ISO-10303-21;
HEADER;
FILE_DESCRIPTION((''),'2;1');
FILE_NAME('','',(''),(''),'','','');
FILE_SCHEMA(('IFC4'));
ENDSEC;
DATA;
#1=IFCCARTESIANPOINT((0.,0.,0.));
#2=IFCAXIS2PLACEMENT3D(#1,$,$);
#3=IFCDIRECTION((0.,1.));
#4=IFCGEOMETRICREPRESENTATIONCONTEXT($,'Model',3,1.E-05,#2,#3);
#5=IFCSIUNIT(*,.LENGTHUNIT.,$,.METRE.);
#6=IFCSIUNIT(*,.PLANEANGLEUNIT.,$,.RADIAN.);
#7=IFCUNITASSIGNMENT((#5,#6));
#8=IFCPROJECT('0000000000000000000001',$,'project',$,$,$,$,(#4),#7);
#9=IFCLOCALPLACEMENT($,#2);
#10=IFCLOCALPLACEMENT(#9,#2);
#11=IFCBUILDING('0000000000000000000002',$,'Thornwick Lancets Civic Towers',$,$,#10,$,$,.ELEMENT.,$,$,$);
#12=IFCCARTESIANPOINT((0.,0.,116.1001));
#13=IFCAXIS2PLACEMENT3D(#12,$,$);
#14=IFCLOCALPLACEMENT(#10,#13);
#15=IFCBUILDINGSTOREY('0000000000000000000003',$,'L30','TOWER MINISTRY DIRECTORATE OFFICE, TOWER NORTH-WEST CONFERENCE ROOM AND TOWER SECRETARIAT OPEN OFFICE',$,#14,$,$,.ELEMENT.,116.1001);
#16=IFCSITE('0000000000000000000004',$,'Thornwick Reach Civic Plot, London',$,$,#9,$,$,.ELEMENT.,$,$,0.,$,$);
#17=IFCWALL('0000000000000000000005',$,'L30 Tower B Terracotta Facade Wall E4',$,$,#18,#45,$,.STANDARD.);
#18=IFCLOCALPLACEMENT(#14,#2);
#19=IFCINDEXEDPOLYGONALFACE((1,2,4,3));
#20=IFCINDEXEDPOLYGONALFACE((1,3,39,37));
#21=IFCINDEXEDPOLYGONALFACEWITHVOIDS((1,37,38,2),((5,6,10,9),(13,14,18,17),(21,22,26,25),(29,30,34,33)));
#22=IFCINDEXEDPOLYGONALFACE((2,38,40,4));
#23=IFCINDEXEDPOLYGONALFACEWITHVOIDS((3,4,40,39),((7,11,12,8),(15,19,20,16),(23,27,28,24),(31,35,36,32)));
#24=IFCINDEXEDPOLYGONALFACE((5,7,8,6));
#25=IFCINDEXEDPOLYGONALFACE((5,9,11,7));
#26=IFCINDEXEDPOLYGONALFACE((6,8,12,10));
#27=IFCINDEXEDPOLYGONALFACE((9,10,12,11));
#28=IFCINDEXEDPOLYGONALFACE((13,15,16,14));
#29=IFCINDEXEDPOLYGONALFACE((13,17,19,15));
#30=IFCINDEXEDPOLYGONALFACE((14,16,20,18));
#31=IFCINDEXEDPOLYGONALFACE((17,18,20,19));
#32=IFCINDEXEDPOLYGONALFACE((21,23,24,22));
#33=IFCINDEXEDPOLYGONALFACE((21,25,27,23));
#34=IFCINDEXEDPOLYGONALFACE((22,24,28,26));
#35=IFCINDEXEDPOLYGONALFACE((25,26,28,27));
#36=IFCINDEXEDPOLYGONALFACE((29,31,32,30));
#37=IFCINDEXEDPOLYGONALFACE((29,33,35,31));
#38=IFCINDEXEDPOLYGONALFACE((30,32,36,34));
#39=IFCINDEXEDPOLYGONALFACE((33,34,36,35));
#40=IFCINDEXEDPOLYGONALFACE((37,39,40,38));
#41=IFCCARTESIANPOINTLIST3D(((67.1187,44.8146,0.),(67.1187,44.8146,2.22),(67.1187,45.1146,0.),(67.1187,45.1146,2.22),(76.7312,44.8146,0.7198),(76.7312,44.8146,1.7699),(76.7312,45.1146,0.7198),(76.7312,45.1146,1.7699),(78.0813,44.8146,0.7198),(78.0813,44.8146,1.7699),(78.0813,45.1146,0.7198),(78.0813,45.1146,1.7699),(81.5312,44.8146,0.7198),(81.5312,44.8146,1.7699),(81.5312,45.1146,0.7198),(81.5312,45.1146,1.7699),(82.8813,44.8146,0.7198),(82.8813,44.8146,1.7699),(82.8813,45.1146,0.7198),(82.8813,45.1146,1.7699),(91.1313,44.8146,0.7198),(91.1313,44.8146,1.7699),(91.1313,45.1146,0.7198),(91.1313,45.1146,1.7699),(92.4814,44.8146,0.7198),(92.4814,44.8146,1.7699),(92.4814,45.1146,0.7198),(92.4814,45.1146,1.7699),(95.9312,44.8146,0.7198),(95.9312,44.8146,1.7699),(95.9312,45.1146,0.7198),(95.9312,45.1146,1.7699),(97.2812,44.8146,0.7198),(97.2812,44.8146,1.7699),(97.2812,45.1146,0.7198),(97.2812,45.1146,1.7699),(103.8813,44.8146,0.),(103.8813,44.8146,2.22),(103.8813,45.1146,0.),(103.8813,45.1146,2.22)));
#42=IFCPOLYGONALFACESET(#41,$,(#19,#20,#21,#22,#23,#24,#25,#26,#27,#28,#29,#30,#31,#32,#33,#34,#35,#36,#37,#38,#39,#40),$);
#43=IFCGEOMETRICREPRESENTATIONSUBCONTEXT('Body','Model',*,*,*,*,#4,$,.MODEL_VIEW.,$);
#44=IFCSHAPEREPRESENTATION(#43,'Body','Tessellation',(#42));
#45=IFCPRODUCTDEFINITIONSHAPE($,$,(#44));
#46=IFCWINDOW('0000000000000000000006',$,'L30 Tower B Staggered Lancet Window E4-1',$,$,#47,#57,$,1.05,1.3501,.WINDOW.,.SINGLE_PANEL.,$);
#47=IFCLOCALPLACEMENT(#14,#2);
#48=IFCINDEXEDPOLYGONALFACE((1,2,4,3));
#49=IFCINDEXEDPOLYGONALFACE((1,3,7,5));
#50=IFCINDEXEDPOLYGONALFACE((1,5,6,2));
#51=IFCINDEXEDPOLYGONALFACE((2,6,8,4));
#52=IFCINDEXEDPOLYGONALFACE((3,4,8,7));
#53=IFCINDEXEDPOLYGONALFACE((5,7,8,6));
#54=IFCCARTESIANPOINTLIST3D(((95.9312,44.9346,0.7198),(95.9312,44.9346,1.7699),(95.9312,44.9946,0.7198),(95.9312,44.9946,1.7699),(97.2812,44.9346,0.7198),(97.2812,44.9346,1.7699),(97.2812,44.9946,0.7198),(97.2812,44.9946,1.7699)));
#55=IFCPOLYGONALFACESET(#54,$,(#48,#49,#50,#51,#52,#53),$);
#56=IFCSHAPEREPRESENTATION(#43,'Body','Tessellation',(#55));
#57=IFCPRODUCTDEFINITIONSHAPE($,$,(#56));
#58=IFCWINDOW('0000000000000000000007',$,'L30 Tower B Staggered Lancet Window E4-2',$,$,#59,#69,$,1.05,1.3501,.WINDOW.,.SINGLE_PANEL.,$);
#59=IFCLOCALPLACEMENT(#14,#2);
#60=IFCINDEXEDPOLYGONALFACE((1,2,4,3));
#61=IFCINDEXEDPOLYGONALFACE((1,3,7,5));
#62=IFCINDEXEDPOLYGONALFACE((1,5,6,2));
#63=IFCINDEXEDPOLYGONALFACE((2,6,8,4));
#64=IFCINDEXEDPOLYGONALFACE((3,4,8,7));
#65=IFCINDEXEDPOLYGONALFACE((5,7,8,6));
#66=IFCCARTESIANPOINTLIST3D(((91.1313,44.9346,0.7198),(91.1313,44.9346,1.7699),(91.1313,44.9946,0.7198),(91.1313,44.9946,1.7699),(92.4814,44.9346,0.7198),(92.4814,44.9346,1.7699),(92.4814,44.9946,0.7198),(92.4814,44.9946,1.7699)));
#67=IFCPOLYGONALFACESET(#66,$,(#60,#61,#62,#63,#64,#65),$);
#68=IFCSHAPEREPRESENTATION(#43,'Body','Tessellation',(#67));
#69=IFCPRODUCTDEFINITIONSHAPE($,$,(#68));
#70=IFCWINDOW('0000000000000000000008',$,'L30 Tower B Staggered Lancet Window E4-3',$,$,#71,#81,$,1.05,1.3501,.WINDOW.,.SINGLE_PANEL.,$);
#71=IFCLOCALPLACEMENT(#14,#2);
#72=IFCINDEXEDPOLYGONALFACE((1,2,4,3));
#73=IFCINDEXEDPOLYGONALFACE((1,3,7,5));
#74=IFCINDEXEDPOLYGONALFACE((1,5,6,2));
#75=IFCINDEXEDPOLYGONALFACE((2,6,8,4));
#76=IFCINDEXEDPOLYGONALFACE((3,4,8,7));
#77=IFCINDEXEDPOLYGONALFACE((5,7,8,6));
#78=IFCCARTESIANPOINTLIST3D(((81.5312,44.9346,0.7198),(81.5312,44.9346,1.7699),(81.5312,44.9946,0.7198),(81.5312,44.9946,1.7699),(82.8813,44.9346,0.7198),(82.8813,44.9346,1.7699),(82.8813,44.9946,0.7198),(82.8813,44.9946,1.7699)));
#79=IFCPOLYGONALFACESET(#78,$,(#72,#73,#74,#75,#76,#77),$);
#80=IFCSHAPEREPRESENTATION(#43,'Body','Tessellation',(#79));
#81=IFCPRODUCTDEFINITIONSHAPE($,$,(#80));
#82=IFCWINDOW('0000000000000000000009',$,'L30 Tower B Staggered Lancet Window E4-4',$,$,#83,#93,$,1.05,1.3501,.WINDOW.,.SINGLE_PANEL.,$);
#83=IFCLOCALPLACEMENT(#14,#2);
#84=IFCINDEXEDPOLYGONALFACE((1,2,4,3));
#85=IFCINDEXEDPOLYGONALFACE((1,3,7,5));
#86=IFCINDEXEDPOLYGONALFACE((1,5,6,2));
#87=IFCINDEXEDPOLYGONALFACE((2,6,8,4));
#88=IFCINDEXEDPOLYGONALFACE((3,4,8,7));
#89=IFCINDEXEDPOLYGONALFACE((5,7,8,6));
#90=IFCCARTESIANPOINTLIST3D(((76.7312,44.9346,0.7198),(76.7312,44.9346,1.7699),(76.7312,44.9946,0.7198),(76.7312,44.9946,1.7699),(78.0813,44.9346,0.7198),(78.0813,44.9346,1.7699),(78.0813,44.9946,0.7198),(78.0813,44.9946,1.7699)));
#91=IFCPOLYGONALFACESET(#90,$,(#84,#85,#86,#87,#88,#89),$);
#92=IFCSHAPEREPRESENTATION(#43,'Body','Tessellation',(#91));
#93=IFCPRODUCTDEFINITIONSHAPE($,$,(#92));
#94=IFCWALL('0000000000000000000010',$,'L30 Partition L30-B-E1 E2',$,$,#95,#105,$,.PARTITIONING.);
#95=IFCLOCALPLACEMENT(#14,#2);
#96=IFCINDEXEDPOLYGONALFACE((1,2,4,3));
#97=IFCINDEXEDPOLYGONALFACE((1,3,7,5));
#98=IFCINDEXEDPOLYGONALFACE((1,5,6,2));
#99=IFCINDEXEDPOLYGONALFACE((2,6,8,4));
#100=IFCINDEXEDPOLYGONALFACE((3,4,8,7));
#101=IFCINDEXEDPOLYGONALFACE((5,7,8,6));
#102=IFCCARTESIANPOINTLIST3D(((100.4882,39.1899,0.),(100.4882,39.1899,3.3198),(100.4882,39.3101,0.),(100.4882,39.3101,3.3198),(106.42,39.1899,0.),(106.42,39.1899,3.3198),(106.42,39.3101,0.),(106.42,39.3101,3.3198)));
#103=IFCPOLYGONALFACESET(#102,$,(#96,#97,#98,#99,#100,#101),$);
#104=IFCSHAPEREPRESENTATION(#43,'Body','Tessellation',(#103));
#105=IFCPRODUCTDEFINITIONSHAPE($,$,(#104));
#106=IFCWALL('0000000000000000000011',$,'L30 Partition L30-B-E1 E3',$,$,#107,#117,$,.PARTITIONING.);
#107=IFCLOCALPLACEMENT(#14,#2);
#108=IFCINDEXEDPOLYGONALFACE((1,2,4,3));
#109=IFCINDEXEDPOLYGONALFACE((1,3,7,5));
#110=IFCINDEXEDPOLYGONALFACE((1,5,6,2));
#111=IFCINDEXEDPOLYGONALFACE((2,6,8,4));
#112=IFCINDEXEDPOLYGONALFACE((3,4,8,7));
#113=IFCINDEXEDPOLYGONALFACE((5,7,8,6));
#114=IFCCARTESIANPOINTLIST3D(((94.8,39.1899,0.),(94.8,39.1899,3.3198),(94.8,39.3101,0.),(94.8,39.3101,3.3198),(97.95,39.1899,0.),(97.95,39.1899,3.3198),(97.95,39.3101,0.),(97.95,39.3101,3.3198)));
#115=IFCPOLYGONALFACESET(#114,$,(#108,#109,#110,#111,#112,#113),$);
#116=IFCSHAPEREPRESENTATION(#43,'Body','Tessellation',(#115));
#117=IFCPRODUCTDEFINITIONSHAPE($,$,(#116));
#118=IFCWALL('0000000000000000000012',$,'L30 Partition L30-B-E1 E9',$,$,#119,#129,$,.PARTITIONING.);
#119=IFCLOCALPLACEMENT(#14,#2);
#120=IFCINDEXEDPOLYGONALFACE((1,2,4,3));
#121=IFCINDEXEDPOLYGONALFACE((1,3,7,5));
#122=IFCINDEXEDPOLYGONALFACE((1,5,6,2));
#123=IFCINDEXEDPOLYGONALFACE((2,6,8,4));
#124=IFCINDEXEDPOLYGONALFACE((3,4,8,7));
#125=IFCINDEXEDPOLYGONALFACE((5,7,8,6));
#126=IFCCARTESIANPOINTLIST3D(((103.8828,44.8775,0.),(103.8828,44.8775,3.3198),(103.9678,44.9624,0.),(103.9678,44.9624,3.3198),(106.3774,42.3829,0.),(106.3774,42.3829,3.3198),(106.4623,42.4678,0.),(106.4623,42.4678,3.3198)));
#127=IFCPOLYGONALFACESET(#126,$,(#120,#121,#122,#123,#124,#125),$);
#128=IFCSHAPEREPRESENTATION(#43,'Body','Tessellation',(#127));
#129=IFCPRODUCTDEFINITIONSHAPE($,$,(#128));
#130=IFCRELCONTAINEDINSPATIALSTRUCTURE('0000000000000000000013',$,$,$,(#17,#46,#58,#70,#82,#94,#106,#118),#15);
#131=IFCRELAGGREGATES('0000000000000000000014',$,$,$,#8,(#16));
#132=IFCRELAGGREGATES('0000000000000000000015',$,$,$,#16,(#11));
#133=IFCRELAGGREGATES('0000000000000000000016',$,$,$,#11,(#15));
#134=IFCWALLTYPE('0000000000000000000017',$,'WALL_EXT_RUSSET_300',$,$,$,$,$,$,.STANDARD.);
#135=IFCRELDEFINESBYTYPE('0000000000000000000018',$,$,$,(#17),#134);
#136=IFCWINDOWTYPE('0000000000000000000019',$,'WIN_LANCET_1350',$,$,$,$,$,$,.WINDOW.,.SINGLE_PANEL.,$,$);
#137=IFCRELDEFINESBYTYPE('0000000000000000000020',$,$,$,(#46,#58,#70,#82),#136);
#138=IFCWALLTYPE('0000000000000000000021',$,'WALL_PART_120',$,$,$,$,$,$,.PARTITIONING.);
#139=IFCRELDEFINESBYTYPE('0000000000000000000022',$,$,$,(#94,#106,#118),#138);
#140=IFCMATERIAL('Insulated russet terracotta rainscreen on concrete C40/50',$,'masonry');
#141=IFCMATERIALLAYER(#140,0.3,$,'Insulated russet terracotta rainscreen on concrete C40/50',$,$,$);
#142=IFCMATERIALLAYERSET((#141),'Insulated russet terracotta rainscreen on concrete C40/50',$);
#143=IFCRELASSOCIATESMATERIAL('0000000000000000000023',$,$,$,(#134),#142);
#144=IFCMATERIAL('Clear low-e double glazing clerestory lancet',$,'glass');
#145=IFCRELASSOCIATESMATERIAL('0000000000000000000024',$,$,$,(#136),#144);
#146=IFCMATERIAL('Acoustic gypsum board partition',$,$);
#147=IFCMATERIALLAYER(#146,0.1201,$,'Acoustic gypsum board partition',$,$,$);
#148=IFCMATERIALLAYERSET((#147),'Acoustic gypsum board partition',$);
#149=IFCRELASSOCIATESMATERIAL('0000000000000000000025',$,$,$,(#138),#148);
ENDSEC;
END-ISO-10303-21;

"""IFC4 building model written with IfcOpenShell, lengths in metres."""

from ifc_helpers import new_model, si_unit, direction, frame, frame_2d, origin, place, context, subcontext, project, spatial, rectangle, extrude, material, layer, layer_set, type_object, element, fill, save


model = new_model("IFC4")

# Units and contexts
model_context = context("Model", 3, precision=1e-05, world=origin(), true_north=direction((0.0, 1.0)))
body_context = subcontext(model_context, "Body", "Model", "MODEL_VIEW")
ifc_project = project(units=[si_unit("LENGTHUNIT", "METRE"), si_unit("PLANEANGLEUNIT", "RADIAN")], contexts=[model_context])

# Site, building, storey
site_placement = place(None, origin())
site = spatial("IfcSite", under=ifc_project, at=site_placement, Name="Thornwick Reach Civic Plot, London", CompositionType="ELEMENT", RefElevation=0.0)
building_placement = place(site_placement, origin())
building = spatial("IfcBuilding", under=site, at=building_placement, Name="Thornwick Lancets Civic Towers", CompositionType="ELEMENT")
storey_placement = place(building_placement, frame((0.0, 0.0, 116.1001)))
storey = spatial("IfcBuildingStorey", under=building, at=storey_placement, Name="L30", Description="TOWER MINISTRY DIRECTORATE OFFICE, TOWER NORTH-WEST CONFERENCE ROOM AND TOWER SECRETARIAT OPEN OFFICE", CompositionType="ELEMENT", Elevation=116.1001)

# Wall, openings, windows
ifc_material_1 = material(Name="Insulated russet terracotta rainscreen on concrete C40/50", Category="masonry")
ifc_layer_1 = layer(ifc_material_1, 0.3, Name="Insulated russet terracotta rainscreen on concrete C40/50")
ifc_layer_set_1 = layer_set([ifc_layer_1], Name="Insulated russet terracotta rainscreen on concrete C40/50")
wall_type_1 = type_object("IfcWallType", Name="WALL_EXT_RUSSET_300", PredefinedType="STANDARD", material=ifc_layer_set_1)
wall_1_placement = place(storey_placement, frame((103.8813, 44.9646, 0.0), z_axis=(0.0, 0.0, 1.0), x_axis=(-1.0, 0.0, 0.0)))
wall_1 = element("IfcWall", 1, at=wall_1_placement, inside=storey, type_object=wall_type_1, Name="L30 Tower B Terracotta Facade Wall E4", PredefinedType="STANDARD", context=body_context, shape_type="SweptSolid", body=[
    extrude(rectangle(XDim=36.7627, YDim=0.3, at=frame_2d((18.3813, 0.0))), origin(), (0.0, 0.0, 1.0), 2.22),
])
opening_1_placement = place(wall_1_placement, frame((6.6001, 0.0, 0.72)))
opening_1 = element("IfcOpeningElement", 2, at=opening_1_placement, cuts=wall_1, PredefinedType="OPENING", context=body_context, shape_type="SweptSolid", body=[
    extrude(rectangle(XDim=1.3501, YDim=1.05, at=frame_2d((0.675, 0.5249))), frame((0.0, 0.1602, 0.0), z_axis=(0.0, -1.0, 0.0), x_axis=(1.0, 0.0, 0.0)), (0.0, 0.0, 1.0), 0.3201),
])
opening_2_placement = place(wall_1_placement, frame((11.3999, 0.0, 0.72)))
opening_2 = element("IfcOpeningElement", 3, at=opening_2_placement, cuts=wall_1, PredefinedType="OPENING", context=body_context, shape_type="SweptSolid", body=[
    extrude(rectangle(XDim=1.3501, YDim=1.05, at=frame_2d((0.675, 0.5249))), frame((0.0, 0.1602, 0.0), z_axis=(0.0, -1.0, 0.0), x_axis=(1.0, 0.0, 0.0)), (0.0, 0.0, 1.0), 0.3201),
])
opening_3_placement = place(wall_1_placement, frame((21.0, 0.0, 0.72)))
opening_3 = element("IfcOpeningElement", 4, at=opening_3_placement, cuts=wall_1, PredefinedType="OPENING", context=body_context, shape_type="SweptSolid", body=[
    extrude(rectangle(XDim=1.3501, YDim=1.05, at=frame_2d((0.675, 0.5249))), frame((0.0, 0.1602, 0.0), z_axis=(0.0, -1.0, 0.0), x_axis=(1.0, 0.0, 0.0)), (0.0, 0.0, 1.0), 0.3201),
])
opening_4_placement = place(wall_1_placement, frame((25.8, 0.0, 0.72)))
opening_4 = element("IfcOpeningElement", 5, at=opening_4_placement, cuts=wall_1, PredefinedType="OPENING", context=body_context, shape_type="SweptSolid", body=[
    extrude(rectangle(XDim=1.3501, YDim=1.05, at=frame_2d((0.675, 0.5249))), frame((0.0, 0.1602, 0.0), z_axis=(0.0, -1.0, 0.0), x_axis=(1.0, 0.0, 0.0)), (0.0, 0.0, 1.0), 0.3201),
])
ifc_material_2 = material(Name="Clear low-e double glazing clerestory lancet", Category="glass")
window_type = type_object("IfcWindowType", Name="WIN_LANCET_1350", PartitioningType="SINGLE_PANEL", PredefinedType="WINDOW", material=ifc_material_2)
window_1_placement = place(opening_1_placement, origin())
window_1 = element("IfcWindow", 6, at=window_1_placement, inside=storey, type_object=window_type, Name="L30 Tower B Staggered Lancet Window E4-1", OverallHeight=1.05, OverallWidth=1.3501, PartitioningType="SINGLE_PANEL", PredefinedType="WINDOW", context=body_context, shape_type="SweptSolid", body=[
    extrude(rectangle(XDim=1.3501, YDim=1.05, at=frame_2d((0.675, 0.5249))), frame((0.0, 0.03, 0.0), z_axis=(0.0, -1.0, 0.0), x_axis=(1.0, 0.0, 0.0)), (0.0, 0.0, 1.0), 0.0601),
])
fill(opening_1, window_1)
window_2_placement = place(opening_2_placement, origin())
window_2 = element("IfcWindow", 7, at=window_2_placement, inside=storey, type_object=window_type, Name="L30 Tower B Staggered Lancet Window E4-2", OverallHeight=1.05, OverallWidth=1.3501, PartitioningType="SINGLE_PANEL", PredefinedType="WINDOW", context=body_context, shape_type="SweptSolid", body=[
    extrude(rectangle(XDim=1.3501, YDim=1.05, at=frame_2d((0.675, 0.5249))), frame((0.0, 0.03, 0.0), z_axis=(0.0, -1.0, 0.0), x_axis=(1.0, 0.0, 0.0)), (0.0, 0.0, 1.0), 0.0601),
])
fill(opening_2, window_2)
window_3_placement = place(opening_3_placement, origin())
window_3 = element("IfcWindow", 8, at=window_3_placement, inside=storey, type_object=window_type, Name="L30 Tower B Staggered Lancet Window E4-3", OverallHeight=1.05, OverallWidth=1.3501, PartitioningType="SINGLE_PANEL", PredefinedType="WINDOW", context=body_context, shape_type="SweptSolid", body=[
    extrude(rectangle(XDim=1.3501, YDim=1.05, at=frame_2d((0.675, 0.5249))), frame((0.0, 0.03, 0.0), z_axis=(0.0, -1.0, 0.0), x_axis=(1.0, 0.0, 0.0)), (0.0, 0.0, 1.0), 0.0601),
])
fill(opening_3, window_3)
window_4_placement = place(opening_4_placement, origin())
window_4 = element("IfcWindow", 9, at=window_4_placement, inside=storey, type_object=window_type, Name="L30 Tower B Staggered Lancet Window E4-4", OverallHeight=1.05, OverallWidth=1.3501, PartitioningType="SINGLE_PANEL", PredefinedType="WINDOW", context=body_context, shape_type="SweptSolid", body=[
    extrude(rectangle(XDim=1.3501, YDim=1.05, at=frame_2d((0.675, 0.5249))), frame((0.0, 0.03, 0.0), z_axis=(0.0, -1.0, 0.0), x_axis=(1.0, 0.0, 0.0)), (0.0, 0.0, 1.0), 0.0601),
])
fill(opening_4, window_4)

# Walls
ifc_material_3 = material(Name="Acoustic gypsum board partition")
ifc_layer_2 = layer(ifc_material_3, 0.1201, Name="Acoustic gypsum board partition")
ifc_layer_set_2 = layer_set([ifc_layer_2], Name="Acoustic gypsum board partition")
wall_type_2 = type_object("IfcWallType", Name="WALL_PART_120", PredefinedType="PARTITIONING", material=ifc_layer_set_2)
wall_2_placement = place(storey_placement, frame((106.4199, 39.25, 0.0), z_axis=(0.0, 0.0, 1.0), x_axis=(-1.0, 0.0, 0.0)))
element("IfcWall", 10, at=wall_2_placement, inside=storey, type_object=wall_type_2, Name="L30 Partition L30-B-E1 E2", PredefinedType="PARTITIONING", context=body_context, shape_type="SweptSolid", body=[
    extrude(rectangle(XDim=5.9319, YDim=0.1201, at=frame_2d((2.9658, 0.0))), origin(), (0.0, 0.0, 1.0), 3.3198),
])
wall_3_placement = place(storey_placement, frame((97.95, 39.25, 0.0), z_axis=(0.0, 0.0, 1.0), x_axis=(-1.0, 0.0, 0.0)))
element("IfcWall", 11, at=wall_3_placement, inside=storey, type_object=wall_type_2, Name="L30 Partition L30-B-E1 E3", PredefinedType="PARTITIONING", context=body_context, shape_type="SweptSolid", body=[
    extrude(rectangle(XDim=3.1499, YDim=0.1201, at=frame_2d((1.575, 0.0))), origin(), (0.0, 0.0, 1.0), 3.3198),
])
wall_4_placement = place(storey_placement, frame((103.9253, 44.9199, 0.0), z_axis=(0.0, 0.0, 1.0), x_axis=(0.707107, -0.707107, 0.0)))
element("IfcWall", 12, at=wall_4_placement, inside=storey, type_object=wall_type_2, Name="L30 Partition L30-B-E1 E9", PredefinedType="PARTITIONING", context=body_context, shape_type="SweptSolid", body=[
    extrude(rectangle(XDim=3.5278, YDim=0.1201, at=frame_2d((1.7639, 0.0))), origin(), (0.0, 0.0, 1.0), 3.3198),
])

save(model, "model.ifc")
